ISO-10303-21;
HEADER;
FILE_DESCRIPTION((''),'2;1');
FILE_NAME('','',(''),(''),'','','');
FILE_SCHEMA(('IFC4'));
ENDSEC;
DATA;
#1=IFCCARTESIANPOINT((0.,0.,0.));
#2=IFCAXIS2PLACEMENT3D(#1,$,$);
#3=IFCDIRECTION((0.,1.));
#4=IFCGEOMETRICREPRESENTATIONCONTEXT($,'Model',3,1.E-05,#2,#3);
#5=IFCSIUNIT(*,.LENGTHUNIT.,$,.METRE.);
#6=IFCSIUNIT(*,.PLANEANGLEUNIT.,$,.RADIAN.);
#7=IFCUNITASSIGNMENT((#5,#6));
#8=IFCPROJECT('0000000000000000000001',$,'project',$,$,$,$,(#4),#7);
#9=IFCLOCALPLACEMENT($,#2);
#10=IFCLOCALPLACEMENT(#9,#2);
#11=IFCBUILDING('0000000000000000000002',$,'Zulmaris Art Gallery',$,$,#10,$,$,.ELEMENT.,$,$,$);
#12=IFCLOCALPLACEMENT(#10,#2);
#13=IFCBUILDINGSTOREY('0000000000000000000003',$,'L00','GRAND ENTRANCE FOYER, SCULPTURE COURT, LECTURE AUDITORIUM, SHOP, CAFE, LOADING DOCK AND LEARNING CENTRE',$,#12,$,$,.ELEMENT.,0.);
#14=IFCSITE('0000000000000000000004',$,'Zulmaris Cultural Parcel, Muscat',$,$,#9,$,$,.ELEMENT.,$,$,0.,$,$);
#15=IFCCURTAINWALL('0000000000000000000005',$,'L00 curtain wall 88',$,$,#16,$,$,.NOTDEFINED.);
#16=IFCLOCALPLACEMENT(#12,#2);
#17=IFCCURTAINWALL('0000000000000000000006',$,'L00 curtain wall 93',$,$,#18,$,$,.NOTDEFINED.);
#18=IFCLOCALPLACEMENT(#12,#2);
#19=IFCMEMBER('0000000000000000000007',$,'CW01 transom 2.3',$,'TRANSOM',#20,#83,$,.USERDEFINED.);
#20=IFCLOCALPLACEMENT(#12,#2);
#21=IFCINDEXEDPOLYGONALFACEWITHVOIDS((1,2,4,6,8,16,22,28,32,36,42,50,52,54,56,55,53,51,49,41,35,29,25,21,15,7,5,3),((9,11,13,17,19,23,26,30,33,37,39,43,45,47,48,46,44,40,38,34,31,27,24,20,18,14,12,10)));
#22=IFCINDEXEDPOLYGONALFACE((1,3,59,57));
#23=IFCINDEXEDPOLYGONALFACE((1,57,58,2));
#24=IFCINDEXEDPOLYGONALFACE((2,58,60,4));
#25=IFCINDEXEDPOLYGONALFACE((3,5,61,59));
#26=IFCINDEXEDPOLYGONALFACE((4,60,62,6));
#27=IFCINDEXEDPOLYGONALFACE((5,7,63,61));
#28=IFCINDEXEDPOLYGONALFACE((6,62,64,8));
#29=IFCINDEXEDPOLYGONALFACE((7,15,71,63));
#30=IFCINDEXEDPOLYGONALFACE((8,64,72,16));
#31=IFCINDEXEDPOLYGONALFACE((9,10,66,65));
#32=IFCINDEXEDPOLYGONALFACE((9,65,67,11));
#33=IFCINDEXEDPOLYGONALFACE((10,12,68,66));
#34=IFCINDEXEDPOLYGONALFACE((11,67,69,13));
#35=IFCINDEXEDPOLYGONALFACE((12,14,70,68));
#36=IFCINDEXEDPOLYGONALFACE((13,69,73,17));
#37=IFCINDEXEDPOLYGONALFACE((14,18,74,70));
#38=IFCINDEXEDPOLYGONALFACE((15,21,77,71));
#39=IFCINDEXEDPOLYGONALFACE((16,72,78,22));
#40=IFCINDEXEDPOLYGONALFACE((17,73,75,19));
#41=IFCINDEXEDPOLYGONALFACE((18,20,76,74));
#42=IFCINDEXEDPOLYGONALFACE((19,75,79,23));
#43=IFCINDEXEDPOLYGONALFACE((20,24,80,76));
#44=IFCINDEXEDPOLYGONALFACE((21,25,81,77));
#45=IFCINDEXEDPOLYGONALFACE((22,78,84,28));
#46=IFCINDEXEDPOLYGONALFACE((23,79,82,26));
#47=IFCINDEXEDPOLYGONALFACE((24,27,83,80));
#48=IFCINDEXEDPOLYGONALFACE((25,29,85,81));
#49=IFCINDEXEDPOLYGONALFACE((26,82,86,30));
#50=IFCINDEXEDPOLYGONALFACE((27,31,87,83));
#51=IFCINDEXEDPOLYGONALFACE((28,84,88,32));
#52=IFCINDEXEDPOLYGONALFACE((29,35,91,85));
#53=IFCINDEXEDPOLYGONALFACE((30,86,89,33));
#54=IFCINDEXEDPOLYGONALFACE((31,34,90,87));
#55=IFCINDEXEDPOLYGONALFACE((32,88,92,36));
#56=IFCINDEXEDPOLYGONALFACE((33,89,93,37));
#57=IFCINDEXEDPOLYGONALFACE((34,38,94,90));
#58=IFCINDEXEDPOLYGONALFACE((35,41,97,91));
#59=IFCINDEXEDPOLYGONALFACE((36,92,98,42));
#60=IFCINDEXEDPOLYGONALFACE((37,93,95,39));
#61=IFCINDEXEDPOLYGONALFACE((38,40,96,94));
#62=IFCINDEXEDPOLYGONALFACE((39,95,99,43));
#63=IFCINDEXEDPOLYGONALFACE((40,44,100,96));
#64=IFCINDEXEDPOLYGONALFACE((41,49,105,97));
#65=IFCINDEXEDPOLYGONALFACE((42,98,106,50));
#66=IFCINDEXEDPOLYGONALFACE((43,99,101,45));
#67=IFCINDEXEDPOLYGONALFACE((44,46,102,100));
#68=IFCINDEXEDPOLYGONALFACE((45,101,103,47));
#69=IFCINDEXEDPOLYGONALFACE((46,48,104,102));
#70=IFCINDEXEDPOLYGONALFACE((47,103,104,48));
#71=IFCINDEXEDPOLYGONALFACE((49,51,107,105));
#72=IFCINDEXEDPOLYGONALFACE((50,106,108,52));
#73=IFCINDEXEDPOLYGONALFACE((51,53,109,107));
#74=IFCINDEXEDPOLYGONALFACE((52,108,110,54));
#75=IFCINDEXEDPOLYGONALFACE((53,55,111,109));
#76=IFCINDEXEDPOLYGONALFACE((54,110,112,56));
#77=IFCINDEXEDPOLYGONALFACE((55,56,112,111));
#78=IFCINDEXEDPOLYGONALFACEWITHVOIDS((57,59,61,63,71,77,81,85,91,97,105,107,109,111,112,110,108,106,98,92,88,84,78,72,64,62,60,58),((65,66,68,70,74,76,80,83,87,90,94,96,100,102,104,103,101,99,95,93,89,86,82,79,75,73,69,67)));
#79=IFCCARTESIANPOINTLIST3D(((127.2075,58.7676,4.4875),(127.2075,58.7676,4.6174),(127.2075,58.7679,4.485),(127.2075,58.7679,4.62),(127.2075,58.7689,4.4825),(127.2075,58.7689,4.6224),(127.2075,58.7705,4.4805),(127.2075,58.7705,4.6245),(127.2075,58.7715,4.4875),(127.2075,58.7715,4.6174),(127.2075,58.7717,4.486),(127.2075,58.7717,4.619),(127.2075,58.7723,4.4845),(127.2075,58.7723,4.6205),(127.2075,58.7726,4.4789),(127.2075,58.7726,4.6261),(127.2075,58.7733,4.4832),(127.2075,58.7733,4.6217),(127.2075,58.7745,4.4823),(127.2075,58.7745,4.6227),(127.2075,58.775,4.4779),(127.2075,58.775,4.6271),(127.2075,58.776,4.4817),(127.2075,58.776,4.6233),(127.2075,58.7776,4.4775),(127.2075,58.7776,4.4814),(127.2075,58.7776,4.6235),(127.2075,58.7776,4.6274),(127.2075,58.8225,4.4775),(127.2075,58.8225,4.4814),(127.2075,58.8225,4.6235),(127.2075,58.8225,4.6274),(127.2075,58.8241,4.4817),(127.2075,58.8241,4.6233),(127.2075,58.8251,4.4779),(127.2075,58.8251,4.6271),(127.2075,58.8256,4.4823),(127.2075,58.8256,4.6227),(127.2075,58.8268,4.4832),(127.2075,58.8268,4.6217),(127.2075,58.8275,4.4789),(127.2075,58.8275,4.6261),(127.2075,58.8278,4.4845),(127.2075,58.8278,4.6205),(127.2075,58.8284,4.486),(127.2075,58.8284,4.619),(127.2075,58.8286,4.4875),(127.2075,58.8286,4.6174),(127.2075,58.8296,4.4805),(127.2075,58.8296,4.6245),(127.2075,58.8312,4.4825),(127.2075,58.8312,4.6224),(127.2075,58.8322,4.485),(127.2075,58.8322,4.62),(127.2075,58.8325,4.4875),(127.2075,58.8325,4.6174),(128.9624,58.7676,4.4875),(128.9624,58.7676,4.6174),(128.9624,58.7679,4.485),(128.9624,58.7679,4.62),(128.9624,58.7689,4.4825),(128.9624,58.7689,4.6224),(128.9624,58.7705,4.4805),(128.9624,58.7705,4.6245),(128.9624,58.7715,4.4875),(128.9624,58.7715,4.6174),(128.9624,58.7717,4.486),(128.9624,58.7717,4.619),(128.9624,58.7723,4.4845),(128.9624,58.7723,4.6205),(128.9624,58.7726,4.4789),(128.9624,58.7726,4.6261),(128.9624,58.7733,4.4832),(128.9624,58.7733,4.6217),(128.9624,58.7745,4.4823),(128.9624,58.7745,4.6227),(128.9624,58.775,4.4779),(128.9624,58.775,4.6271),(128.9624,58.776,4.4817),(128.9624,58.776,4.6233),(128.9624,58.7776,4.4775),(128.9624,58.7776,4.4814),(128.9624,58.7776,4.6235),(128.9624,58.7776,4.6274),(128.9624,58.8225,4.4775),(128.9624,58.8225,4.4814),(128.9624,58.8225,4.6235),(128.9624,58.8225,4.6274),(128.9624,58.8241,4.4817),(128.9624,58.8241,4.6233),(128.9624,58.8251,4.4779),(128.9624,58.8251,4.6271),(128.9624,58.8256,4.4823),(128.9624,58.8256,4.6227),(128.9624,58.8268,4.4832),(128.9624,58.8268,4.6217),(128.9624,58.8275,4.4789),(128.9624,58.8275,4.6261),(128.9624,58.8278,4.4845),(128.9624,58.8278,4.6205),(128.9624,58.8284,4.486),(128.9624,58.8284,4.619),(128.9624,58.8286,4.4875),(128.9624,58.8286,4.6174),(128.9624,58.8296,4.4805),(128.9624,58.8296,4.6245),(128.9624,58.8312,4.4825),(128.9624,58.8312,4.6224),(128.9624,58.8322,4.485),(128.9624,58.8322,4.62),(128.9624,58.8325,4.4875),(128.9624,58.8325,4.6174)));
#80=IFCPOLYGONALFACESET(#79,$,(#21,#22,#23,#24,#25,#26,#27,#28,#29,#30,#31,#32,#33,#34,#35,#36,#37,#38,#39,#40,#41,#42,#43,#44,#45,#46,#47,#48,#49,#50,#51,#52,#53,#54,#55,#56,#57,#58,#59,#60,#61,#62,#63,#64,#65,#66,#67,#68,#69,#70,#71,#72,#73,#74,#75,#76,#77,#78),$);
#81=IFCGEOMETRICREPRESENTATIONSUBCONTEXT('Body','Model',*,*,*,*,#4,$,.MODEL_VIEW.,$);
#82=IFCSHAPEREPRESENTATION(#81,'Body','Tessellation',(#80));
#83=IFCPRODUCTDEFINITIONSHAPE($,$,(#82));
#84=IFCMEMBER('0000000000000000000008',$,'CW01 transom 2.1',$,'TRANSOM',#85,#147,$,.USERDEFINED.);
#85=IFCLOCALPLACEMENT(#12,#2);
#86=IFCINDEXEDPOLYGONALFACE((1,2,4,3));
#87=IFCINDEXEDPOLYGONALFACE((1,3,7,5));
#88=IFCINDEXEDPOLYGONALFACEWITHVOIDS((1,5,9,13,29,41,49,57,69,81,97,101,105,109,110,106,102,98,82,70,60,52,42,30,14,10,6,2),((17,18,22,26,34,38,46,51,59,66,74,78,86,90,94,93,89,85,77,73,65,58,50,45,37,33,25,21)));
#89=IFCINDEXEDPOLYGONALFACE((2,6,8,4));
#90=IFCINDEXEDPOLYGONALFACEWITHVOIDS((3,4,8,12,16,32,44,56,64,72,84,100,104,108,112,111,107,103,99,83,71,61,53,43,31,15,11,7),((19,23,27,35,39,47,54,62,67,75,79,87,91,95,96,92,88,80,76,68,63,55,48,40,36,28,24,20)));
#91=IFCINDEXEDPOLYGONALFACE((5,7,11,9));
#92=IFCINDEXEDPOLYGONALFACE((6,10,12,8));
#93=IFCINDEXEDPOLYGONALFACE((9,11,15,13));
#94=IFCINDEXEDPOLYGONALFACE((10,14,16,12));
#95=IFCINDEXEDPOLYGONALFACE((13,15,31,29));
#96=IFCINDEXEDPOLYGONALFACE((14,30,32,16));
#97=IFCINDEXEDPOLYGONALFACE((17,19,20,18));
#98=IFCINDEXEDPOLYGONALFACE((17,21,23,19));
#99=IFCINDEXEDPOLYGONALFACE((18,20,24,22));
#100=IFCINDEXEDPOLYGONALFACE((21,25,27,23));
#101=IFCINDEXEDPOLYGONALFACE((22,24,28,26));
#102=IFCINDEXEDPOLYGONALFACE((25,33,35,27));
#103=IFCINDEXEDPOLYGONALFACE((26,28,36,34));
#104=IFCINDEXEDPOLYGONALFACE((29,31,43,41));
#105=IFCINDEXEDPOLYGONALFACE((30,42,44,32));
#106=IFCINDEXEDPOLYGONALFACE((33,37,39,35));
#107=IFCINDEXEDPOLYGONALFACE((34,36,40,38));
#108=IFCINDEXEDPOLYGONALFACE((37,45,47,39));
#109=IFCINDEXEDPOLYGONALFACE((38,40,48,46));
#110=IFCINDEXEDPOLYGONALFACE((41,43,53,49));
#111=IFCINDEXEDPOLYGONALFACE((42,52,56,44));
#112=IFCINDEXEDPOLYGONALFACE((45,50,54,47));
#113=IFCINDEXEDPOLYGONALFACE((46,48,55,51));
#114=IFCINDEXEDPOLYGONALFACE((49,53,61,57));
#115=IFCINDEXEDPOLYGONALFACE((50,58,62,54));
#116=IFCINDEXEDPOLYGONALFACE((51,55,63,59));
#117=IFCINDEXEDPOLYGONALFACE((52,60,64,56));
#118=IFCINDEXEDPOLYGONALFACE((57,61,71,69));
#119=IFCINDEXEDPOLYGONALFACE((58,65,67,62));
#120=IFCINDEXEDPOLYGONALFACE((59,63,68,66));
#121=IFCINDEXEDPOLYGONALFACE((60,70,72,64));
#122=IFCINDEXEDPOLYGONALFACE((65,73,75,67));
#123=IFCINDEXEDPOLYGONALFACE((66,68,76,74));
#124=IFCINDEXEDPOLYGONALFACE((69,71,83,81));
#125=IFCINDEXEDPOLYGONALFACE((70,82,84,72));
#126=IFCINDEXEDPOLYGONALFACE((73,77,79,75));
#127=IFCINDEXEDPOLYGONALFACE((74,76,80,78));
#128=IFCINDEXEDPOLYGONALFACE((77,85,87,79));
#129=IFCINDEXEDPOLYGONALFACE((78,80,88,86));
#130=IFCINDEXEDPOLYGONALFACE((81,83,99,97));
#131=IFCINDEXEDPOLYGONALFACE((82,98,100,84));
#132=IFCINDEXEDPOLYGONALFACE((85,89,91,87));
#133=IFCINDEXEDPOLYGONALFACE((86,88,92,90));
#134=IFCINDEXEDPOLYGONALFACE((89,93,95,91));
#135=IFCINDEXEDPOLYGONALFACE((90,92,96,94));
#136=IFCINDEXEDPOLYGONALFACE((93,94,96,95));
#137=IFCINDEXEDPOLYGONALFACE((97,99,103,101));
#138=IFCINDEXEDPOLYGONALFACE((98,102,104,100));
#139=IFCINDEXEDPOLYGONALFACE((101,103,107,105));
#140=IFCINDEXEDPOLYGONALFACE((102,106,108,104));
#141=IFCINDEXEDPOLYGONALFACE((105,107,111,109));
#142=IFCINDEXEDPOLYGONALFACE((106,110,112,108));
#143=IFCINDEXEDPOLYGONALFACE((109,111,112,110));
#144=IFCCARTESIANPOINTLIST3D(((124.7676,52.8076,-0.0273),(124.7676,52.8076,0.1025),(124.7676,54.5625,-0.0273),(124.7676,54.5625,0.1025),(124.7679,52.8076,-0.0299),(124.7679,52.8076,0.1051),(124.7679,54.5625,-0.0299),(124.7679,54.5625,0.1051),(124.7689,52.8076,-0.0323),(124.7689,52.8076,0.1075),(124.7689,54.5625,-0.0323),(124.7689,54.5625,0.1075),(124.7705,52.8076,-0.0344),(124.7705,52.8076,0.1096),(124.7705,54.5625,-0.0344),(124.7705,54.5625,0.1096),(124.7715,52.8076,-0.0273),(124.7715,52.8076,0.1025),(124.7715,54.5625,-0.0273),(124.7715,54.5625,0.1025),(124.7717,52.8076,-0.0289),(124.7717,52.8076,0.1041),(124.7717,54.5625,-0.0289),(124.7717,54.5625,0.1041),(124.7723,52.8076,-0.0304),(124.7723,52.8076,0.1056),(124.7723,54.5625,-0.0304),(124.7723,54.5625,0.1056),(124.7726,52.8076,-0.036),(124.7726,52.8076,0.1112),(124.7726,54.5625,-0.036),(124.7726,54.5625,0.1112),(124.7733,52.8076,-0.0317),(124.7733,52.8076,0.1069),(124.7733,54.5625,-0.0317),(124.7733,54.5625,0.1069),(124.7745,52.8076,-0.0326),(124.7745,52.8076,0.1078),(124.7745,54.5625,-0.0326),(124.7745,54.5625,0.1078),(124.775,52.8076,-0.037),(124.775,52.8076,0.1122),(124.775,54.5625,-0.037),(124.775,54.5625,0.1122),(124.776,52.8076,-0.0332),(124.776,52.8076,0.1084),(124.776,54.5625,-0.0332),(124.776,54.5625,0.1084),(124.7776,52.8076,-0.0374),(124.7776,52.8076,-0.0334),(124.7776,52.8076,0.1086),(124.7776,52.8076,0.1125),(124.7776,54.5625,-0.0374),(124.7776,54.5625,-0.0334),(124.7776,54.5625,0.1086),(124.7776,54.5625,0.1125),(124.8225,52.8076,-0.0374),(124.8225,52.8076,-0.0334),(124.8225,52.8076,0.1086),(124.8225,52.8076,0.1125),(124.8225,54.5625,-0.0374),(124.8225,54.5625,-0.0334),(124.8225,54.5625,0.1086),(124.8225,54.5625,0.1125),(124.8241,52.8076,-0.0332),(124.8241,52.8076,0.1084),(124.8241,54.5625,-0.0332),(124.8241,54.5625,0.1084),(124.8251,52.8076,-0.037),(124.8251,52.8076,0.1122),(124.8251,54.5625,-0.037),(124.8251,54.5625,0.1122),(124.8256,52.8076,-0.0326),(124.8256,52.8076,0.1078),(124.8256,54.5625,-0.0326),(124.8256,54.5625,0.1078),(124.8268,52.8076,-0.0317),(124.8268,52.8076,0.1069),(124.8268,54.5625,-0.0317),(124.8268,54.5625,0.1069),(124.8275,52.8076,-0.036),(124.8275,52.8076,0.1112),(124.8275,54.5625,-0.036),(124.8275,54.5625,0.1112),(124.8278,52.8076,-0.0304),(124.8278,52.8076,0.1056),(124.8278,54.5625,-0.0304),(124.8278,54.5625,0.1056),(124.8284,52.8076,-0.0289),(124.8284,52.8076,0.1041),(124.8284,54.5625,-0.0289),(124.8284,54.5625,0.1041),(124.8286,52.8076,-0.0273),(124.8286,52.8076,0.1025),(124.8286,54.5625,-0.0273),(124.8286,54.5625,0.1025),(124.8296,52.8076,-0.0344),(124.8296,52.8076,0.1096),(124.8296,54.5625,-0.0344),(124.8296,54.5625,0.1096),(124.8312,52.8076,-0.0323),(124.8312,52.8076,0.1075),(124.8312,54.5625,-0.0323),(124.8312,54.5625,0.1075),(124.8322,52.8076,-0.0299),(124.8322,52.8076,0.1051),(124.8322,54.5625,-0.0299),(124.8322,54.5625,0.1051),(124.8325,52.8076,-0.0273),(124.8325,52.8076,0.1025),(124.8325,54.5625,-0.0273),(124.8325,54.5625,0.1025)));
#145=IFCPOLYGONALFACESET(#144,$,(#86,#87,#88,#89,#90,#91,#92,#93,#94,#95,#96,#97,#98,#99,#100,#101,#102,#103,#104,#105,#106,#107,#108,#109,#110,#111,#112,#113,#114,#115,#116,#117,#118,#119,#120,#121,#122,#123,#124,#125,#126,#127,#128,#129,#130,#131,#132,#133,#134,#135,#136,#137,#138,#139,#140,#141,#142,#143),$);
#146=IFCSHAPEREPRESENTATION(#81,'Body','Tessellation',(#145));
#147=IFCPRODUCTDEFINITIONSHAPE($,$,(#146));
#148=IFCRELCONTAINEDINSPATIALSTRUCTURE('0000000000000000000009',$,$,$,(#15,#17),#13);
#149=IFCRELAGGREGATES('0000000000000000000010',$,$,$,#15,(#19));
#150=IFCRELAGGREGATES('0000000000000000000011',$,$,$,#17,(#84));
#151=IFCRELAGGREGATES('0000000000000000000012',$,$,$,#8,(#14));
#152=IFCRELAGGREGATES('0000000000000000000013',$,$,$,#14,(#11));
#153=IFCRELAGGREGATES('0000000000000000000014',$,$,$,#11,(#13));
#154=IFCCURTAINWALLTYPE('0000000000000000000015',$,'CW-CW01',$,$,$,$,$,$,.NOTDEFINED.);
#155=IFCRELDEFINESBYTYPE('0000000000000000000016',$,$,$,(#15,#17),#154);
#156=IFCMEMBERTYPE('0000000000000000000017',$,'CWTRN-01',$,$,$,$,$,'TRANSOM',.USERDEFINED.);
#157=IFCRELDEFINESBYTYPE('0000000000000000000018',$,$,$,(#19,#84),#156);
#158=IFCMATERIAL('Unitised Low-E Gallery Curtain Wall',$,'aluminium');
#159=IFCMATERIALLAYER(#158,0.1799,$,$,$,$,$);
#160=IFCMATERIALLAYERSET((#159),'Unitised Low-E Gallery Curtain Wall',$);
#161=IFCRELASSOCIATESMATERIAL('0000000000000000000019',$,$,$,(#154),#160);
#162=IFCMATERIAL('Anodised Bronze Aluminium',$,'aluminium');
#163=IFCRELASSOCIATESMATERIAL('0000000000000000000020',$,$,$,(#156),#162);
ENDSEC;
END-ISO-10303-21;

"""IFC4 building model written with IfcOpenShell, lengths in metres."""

from ifc_helpers import new_model, si_unit, direction, frame, origin, origin_2d, place, context, subcontext, project, spatial, hollow_rectangle, extrude, material, layer, layer_set, material_profile, profile_set, type_object, element, aggregate, save


model = new_model("IFC4")

# Units and contexts
model_context = context("Model", 3, precision=1e-05, world=origin(), true_north=direction((0.0, 1.0)))
body_context = subcontext(model_context, "Body", "Model", "MODEL_VIEW")
ifc_project = project(units=[si_unit("LENGTHUNIT", "METRE"), si_unit("PLANEANGLEUNIT", "RADIAN")], contexts=[model_context])

# Site, building, storey
site_placement = place(None, origin())
site = spatial("IfcSite", under=ifc_project, at=site_placement, Name="Zulmaris Cultural Parcel, Muscat", CompositionType="ELEMENT", RefElevation=0.0)
building_placement = place(site_placement, origin())
building = spatial("IfcBuilding", under=site, at=building_placement, Name="Zulmaris Art Gallery", CompositionType="ELEMENT")
storey_placement = place(building_placement, origin())
storey = spatial("IfcBuildingStorey", under=building, at=storey_placement, Name="L00", Description="GRAND ENTRANCE FOYER, SCULPTURE COURT, LECTURE AUDITORIUM, SHOP, CAFE, LOADING DOCK AND LEARNING CENTRE", CompositionType="ELEMENT", Elevation=0.0)

# Curtain walls
ifc_material_1 = material(Name="Unitised Low-E Gallery Curtain Wall", Category="aluminium")
ifc_layer_1 = layer(ifc_material_1, 0.1799)
ifc_layer_set_1 = layer_set([ifc_layer_1], Name="Unitised Low-E Gallery Curtain Wall")
curtain_wall_type = type_object("IfcCurtainWallType", Name="CW-CW01", PredefinedType="NOTDEFINED", material=ifc_layer_set_1)
curtain_wall_1_placement = place(storey_placement, origin())
curtain_wall_1 = element("IfcCurtainWall", 1, at=curtain_wall_1_placement, inside=storey, type_object=curtain_wall_type, Name="L00 curtain wall 88", PredefinedType="NOTDEFINED")
ifc_material_2 = material(Name="Anodised Bronze Aluminium", Category="aluminium")
curtain_wall_2_placement = place(storey_placement, origin())
curtain_wall_2 = element("IfcCurtainWall", 2, at=curtain_wall_2_placement, inside=storey, type_object=curtain_wall_type, Name="L00 curtain wall 93", PredefinedType="NOTDEFINED")

# Members
ifc_material_profile_1 = material_profile(ifc_material_2, hollow_rectangle(XDim=0.0649, YDim=0.1499, WallThickness=0.0039, InnerFilletRadius=0.0061, OuterFilletRadius=0.01, at=origin_2d()), Name="ALU 65x150x4")
ifc_profile_set_1 = profile_set([ifc_material_profile_1], Name="Anodised Bronze Aluminium")
member_type_1 = type_object("IfcMemberType", Name="CWTRN-01", ElementType="TRANSOM", PredefinedType="USERDEFINED", material=ifc_profile_set_1)
member_1_placement = place(storey_placement, frame((127.2075, 58.8, 4.5525), z_axis=(1.0, 0.0, 0.0), x_axis=(0.0, 1.0, 0.0)))
member_1 = element("IfcMember", 3, at=member_1_placement, type_object=member_type_1, Name="CW01 transom 2.3", ObjectType="TRANSOM", PredefinedType="USERDEFINED", context=body_context, shape_type="SweptSolid", body=[
    extrude(hollow_rectangle(XDim=0.0649, YDim=0.1499, WallThickness=0.0039, InnerFilletRadius=0.0061, OuterFilletRadius=0.01, at=origin_2d()), origin(), (0.0, 0.0, 1.0), 1.7549),
])
member_2_placement = place(storey_placement, frame((124.8, 52.8076, 0.0376), z_axis=(0.0, 1.0, 0.0), x_axis=(-1.0, 0.0, 0.0)))
member_2 = element("IfcMember", 4, at=member_2_placement, type_object=member_type_1, Name="CW01 transom 2.1", ObjectType="TRANSOM", PredefinedType="USERDEFINED", context=body_context, shape_type="SweptSolid", body=[
    extrude(hollow_rectangle(XDim=0.0649, YDim=0.1499, WallThickness=0.0039, InnerFilletRadius=0.0061, OuterFilletRadius=0.01, at=origin_2d()), origin(), (0.0, 0.0, 1.0), 1.7549),
])

aggregate(curtain_wall_1, [member_1])
aggregate(curtain_wall_2, [member_2])

save(model, "model.ifc")
